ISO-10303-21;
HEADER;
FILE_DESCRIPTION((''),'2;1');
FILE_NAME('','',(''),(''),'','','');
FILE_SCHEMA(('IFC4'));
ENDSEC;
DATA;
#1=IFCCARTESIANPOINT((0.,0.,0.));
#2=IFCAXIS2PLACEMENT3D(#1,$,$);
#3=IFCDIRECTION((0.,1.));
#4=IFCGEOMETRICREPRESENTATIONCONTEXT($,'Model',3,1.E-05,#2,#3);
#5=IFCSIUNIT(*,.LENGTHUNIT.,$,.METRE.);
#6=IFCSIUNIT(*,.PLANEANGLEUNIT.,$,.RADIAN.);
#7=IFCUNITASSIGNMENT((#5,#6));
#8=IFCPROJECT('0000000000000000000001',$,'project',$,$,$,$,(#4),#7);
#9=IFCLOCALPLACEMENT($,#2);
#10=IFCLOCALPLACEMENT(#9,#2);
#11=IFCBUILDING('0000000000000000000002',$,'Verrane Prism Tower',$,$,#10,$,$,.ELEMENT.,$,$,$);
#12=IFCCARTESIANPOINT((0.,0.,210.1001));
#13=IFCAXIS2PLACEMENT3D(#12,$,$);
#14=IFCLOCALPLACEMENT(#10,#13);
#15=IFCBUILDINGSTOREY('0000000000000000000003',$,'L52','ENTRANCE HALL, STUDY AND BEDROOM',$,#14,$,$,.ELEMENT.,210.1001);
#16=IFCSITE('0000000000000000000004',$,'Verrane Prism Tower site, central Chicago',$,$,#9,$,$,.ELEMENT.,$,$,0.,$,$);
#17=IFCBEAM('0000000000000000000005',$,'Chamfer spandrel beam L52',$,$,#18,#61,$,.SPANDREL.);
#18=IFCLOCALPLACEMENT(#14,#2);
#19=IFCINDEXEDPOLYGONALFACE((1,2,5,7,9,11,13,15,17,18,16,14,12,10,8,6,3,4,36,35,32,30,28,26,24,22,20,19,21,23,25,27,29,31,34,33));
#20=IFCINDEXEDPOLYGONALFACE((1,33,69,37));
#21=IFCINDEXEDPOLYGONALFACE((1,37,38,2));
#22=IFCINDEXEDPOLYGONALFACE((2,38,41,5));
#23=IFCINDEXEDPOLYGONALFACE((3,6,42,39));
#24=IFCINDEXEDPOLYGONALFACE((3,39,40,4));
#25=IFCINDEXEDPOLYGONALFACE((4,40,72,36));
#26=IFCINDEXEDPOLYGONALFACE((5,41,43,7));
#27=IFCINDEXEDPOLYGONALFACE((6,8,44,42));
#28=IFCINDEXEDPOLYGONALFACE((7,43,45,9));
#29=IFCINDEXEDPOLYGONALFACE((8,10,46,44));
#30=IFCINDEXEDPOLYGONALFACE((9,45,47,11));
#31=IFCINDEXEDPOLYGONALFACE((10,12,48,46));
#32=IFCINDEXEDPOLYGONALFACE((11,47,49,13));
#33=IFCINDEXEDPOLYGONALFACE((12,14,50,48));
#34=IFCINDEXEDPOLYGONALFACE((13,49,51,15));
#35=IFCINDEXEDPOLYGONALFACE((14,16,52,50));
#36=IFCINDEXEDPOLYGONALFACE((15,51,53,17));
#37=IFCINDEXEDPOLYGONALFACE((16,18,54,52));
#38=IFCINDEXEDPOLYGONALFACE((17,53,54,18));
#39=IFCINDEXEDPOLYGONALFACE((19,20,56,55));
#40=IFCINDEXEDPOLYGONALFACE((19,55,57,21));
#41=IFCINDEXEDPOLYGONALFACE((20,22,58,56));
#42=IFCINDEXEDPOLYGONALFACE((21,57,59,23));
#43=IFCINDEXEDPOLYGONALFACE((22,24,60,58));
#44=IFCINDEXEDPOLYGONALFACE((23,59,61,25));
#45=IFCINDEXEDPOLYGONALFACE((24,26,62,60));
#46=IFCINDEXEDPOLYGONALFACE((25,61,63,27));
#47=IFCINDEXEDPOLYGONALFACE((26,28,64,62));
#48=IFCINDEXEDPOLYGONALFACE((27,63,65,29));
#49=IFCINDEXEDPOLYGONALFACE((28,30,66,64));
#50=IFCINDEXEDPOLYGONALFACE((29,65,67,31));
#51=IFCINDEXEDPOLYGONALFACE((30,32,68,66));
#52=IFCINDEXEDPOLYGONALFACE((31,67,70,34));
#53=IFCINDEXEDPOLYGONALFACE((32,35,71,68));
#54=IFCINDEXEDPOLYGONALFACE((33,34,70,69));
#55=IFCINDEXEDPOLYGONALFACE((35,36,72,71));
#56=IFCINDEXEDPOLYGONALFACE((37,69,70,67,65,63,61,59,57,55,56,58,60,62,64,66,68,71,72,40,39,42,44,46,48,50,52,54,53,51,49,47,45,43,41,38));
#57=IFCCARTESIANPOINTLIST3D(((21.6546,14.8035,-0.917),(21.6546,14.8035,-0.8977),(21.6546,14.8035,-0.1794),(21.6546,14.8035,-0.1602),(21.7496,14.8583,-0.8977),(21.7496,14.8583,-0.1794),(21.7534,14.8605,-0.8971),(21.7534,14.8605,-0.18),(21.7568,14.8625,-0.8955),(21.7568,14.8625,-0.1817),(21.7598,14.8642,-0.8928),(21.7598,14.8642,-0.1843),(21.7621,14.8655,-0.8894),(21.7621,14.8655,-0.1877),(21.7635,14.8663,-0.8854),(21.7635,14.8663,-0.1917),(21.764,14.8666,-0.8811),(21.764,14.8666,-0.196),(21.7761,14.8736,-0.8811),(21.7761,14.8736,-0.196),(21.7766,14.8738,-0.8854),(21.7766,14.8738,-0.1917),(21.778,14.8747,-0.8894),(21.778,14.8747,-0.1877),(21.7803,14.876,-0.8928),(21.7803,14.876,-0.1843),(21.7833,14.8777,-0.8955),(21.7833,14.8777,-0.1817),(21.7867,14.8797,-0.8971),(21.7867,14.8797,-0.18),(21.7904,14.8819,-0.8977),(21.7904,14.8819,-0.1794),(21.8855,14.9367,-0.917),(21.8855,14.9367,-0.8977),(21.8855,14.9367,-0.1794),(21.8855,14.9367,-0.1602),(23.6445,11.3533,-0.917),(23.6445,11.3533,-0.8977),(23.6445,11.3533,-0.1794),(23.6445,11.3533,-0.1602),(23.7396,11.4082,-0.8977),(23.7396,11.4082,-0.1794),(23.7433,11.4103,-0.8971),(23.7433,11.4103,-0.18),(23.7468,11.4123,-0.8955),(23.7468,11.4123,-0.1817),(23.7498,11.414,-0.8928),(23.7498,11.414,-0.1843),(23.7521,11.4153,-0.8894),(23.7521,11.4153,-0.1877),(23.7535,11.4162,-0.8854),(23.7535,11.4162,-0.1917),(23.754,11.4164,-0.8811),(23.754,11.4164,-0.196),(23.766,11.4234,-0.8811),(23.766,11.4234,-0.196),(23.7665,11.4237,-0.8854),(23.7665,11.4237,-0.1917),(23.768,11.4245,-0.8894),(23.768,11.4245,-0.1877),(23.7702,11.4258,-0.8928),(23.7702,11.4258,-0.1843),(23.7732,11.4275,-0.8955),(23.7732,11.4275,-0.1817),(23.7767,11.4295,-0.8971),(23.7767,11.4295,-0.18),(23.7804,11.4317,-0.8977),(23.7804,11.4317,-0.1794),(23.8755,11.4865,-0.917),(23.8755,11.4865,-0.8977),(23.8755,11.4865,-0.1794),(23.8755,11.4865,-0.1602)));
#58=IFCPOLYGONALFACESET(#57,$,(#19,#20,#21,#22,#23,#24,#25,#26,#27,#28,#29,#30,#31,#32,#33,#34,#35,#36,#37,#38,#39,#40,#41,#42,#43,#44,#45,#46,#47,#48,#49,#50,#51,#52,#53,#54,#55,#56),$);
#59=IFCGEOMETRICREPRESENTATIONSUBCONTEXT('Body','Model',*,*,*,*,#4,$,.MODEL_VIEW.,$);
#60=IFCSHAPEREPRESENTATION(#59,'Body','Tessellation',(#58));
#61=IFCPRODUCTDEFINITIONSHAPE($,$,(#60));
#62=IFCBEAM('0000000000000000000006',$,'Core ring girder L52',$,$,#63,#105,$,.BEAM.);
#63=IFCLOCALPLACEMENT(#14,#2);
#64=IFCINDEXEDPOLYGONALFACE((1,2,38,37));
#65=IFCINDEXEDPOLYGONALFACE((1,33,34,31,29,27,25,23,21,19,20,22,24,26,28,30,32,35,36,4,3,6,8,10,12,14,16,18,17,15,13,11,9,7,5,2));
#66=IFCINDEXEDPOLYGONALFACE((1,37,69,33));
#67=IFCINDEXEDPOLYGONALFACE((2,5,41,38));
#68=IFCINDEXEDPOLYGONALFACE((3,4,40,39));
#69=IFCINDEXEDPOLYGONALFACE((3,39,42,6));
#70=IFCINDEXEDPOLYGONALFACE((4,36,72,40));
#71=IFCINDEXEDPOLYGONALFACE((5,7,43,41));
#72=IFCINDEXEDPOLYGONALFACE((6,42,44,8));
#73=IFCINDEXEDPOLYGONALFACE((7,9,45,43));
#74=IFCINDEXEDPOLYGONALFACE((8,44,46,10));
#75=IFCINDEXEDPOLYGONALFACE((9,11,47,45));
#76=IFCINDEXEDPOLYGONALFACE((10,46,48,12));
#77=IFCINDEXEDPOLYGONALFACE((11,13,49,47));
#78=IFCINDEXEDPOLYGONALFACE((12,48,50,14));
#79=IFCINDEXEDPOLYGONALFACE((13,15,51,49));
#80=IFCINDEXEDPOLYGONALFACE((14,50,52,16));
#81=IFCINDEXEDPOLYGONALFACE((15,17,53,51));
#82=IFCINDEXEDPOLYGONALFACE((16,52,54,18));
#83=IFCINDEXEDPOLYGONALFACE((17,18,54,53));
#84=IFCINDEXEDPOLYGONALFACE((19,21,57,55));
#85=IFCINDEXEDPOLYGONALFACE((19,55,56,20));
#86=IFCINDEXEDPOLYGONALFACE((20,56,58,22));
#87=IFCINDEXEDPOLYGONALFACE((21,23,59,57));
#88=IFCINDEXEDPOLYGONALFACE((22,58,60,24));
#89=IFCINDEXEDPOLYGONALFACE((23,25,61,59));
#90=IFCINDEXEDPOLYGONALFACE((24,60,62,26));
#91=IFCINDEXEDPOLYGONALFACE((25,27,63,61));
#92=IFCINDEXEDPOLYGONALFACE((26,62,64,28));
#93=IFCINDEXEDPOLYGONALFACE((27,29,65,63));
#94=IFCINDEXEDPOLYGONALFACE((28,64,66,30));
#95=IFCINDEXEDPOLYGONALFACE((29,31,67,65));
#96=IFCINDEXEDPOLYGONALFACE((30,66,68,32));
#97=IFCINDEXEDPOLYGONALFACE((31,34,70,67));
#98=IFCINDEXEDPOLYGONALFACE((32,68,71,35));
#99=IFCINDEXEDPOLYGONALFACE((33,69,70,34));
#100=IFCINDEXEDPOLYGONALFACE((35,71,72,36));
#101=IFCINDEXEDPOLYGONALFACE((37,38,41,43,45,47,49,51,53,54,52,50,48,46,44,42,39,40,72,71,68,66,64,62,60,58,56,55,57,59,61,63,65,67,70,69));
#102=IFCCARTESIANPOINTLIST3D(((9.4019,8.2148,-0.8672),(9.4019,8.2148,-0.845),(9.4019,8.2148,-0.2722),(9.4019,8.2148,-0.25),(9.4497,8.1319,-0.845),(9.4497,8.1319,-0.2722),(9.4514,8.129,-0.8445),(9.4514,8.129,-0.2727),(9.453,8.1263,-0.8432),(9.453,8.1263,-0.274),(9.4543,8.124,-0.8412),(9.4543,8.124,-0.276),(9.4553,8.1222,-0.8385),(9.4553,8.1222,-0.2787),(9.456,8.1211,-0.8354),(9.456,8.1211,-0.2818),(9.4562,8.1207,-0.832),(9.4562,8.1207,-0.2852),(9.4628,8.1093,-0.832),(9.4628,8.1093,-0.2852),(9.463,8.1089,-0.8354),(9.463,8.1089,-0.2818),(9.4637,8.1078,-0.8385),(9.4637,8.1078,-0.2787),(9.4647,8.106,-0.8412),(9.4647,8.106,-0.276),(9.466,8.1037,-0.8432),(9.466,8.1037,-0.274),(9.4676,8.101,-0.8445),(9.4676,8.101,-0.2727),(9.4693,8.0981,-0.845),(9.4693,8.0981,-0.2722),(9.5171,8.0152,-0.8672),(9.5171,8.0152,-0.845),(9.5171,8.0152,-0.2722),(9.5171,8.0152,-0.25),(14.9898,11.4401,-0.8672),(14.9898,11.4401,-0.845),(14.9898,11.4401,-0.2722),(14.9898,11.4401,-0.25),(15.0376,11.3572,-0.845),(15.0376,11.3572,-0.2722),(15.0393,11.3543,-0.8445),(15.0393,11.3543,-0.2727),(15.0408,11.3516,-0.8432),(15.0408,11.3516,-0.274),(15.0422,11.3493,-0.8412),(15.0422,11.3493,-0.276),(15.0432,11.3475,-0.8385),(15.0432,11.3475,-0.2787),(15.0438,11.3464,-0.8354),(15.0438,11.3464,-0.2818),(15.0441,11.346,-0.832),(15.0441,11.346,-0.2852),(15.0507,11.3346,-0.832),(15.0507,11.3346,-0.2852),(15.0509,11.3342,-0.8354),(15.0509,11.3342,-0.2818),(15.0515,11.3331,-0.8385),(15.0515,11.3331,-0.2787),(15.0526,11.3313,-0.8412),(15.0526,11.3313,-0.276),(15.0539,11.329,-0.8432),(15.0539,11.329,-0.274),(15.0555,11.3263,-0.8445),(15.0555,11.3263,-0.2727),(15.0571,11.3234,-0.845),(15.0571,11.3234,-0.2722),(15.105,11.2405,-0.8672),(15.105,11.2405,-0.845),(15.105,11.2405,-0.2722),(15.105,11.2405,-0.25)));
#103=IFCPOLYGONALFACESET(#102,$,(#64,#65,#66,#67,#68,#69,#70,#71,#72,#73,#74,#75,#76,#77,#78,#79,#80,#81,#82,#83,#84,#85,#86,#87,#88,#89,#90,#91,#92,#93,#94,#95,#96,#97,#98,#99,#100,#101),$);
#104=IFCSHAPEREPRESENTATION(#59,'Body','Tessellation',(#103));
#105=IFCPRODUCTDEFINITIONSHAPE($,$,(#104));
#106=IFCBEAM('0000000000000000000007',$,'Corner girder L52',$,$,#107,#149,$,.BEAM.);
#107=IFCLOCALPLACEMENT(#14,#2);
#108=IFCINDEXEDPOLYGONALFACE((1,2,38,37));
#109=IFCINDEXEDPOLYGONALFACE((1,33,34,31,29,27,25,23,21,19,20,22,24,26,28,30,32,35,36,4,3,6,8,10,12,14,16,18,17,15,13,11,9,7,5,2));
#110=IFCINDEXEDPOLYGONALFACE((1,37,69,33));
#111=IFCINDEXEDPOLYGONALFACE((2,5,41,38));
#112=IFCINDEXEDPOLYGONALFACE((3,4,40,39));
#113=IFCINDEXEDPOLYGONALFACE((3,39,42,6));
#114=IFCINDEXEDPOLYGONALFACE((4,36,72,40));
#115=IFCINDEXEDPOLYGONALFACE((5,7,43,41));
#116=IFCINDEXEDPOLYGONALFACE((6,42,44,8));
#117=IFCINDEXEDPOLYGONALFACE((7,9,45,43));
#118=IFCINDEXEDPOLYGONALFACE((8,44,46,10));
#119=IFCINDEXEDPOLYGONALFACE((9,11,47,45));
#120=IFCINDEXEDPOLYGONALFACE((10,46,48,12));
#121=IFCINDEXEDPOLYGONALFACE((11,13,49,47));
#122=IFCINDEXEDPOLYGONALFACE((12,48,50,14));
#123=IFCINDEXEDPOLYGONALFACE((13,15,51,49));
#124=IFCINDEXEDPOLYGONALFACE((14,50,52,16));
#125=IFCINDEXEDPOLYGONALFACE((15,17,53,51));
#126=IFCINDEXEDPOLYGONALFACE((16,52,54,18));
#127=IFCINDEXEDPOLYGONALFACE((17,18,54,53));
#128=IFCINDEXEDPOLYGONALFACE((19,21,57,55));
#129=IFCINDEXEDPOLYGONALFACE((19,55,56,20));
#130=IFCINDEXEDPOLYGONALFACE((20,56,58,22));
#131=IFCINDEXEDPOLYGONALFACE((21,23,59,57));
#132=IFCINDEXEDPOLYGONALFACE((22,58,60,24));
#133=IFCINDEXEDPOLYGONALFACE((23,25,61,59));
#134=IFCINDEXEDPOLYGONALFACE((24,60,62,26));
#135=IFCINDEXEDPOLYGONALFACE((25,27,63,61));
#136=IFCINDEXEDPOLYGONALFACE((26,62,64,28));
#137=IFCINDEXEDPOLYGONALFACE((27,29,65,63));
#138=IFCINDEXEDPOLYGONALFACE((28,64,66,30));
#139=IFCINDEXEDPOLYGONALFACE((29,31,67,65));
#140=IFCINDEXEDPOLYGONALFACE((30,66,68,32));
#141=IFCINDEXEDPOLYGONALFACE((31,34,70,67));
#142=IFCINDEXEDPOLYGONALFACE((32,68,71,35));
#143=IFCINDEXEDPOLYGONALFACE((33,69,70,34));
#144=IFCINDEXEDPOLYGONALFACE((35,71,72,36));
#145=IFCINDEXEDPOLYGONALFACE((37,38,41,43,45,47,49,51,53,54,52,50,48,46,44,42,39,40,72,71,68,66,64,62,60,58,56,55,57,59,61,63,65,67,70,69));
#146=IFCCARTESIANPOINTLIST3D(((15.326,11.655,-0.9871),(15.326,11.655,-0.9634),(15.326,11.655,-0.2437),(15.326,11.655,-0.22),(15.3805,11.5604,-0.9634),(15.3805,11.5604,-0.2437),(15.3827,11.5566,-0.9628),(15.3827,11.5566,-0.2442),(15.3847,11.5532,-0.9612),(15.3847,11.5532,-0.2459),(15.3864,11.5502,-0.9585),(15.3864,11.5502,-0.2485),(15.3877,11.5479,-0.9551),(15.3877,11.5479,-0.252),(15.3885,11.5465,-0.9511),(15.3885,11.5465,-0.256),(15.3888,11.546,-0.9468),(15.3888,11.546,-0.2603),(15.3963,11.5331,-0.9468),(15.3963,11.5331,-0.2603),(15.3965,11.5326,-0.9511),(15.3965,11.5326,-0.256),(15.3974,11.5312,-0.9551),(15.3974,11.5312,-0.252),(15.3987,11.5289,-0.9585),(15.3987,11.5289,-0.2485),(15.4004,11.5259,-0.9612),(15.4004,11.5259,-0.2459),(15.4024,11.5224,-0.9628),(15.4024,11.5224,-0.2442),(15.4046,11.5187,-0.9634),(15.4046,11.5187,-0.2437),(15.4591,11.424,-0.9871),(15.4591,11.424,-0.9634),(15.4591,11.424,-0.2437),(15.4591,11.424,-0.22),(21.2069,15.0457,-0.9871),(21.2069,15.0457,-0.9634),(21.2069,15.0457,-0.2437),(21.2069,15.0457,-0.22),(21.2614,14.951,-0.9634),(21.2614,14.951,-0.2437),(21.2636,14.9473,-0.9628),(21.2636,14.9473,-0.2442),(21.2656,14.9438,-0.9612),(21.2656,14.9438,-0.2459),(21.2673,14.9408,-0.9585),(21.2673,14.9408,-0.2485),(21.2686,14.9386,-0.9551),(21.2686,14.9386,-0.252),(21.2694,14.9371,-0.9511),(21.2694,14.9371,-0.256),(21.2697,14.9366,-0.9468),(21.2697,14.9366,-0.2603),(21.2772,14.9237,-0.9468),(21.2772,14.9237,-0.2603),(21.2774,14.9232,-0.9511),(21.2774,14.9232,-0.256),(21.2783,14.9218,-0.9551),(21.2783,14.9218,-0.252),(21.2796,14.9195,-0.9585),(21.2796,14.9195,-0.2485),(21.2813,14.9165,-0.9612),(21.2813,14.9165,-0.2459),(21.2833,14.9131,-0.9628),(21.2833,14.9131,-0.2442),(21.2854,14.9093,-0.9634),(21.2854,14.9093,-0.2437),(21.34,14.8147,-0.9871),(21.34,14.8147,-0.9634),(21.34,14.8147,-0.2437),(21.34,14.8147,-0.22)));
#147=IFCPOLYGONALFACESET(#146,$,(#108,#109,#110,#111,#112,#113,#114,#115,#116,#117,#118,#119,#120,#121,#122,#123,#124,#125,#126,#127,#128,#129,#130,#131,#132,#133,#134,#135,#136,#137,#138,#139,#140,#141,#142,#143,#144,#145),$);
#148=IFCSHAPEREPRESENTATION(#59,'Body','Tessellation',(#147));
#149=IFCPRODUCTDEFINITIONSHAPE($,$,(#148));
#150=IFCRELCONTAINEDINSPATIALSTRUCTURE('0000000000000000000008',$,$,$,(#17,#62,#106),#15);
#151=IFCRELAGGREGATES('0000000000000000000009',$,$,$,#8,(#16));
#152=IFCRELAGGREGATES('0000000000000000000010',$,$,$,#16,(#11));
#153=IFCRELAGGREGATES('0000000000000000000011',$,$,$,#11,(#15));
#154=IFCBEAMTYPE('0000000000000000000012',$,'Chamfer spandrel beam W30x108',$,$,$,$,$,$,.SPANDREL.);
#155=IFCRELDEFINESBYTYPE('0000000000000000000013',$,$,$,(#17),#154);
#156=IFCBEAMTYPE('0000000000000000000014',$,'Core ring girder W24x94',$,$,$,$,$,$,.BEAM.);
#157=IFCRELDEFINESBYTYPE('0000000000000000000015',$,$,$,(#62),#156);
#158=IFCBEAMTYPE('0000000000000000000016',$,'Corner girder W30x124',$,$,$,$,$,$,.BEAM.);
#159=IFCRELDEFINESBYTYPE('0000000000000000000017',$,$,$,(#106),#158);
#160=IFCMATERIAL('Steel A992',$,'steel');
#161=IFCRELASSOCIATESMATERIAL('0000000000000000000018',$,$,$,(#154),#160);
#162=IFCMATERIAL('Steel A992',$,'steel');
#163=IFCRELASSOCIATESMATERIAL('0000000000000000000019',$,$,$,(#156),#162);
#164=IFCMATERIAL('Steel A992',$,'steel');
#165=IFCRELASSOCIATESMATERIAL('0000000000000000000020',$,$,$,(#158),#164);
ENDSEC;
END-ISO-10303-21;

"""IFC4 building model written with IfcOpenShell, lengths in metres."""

from ifc_helpers import new_model, si_unit, direction, frame, origin, origin_2d, place, context, subcontext, project, spatial, i_section, extrude, material, material_profile, profile_set, type_object, element, save


model = new_model("IFC4")

# Units and contexts
model_context = context("Model", 3, precision=1e-05, world=origin(), true_north=direction((0.0, 1.0)))
body_context = subcontext(model_context, "Body", "Model", "MODEL_VIEW")
ifc_project = project(units=[si_unit("LENGTHUNIT", "METRE"), si_unit("PLANEANGLEUNIT", "RADIAN")], contexts=[model_context])

# Site, building, storey
site_placement = place(None, origin())
site = spatial("IfcSite", under=ifc_project, at=site_placement, Name="Verrane Prism Tower site, central Chicago", CompositionType="ELEMENT", RefElevation=0.0)
building_placement = place(site_placement, origin())
building = spatial("IfcBuilding", under=site, at=building_placement, Name="Verrane Prism Tower", CompositionType="ELEMENT")
storey_placement = place(building_placement, frame((0.0, 0.0, 210.1001)))
storey = spatial("IfcBuildingStorey", under=building, at=storey_placement, Name="L52", Description="ENTRANCE HALL, STUDY AND BEDROOM", CompositionType="ELEMENT", Elevation=210.1001)

# Beams
ifc_material_1 = material(Name="Steel A992", Category="steel")
ifc_material_profile_1 = material_profile(ifc_material_1, i_section(OverallWidth=0.2666, OverallDepth=0.7568, WebThickness=0.0139, FlangeThickness=0.0193, FilletRadius=0.0166, at=origin_2d()), Name="W30x108")
ifc_profile_set_1 = profile_set([ifc_material_profile_1], Name="Steel A992")
beam_type_1 = type_object("IfcBeamType", Name="Chamfer spandrel beam W30x108", PredefinedType="SPANDREL", material=ifc_profile_set_1)
beam_1_placement = place(storey_placement, frame((23.76, 11.4199, -0.5386), z_axis=(-0.499627, 0.866241, 0.0), x_axis=(-0.866241, -0.499627, 0.0)))
element("IfcBeam", 1, at=beam_1_placement, inside=storey, type_object=beam_type_1, Name="Chamfer spandrel beam L52", PredefinedType="SPANDREL", context=body_context, shape_type="SweptSolid", body=[
    extrude(i_section(OverallWidth=0.2666, OverallDepth=0.7568, WebThickness=0.0139, FlangeThickness=0.0193, FilletRadius=0.0166, at=origin_2d()), origin(), (0.0, 0.0, 1.0), 3.9829),
])
ifc_material_2 = material(Name="Steel A992", Category="steel")
ifc_material_profile_2 = material_profile(ifc_material_2, i_section(OverallWidth=0.2305, OverallDepth=0.6172, WebThickness=0.0132, FlangeThickness=0.0222, FilletRadius=0.0129, at=origin_2d()), Name="W24x94")
ifc_profile_set_2 = profile_set([ifc_material_profile_2], Name="Steel A992")
beam_type_2 = type_object("IfcBeamType", Name="Core ring girder W24x94", PredefinedType="BEAM", material=ifc_profile_set_2)
beam_2_placement = place(storey_placement, frame((15.0474, 11.3403, -0.5586), z_axis=(-0.866081, -0.499904, 0.0), x_axis=(0.499904, -0.866081, 0.0)))
element("IfcBeam", 2, at=beam_2_placement, inside=storey, type_object=beam_type_2, Name="Core ring girder L52", PredefinedType="BEAM", context=body_context, shape_type="SweptSolid", body=[
    extrude(i_section(OverallWidth=0.2305, OverallDepth=0.6172, WebThickness=0.0132, FlangeThickness=0.0222, FilletRadius=0.0129, at=origin_2d()), origin(), (0.0, 0.0, 1.0), 6.4519),
])
ifc_material_3 = material(Name="Steel A992", Category="steel")
ifc_material_profile_3 = material_profile(ifc_material_3, i_section(OverallWidth=0.2666, OverallDepth=0.7671, WebThickness=0.0149, FlangeThickness=0.0237, FilletRadius=0.0166, at=origin_2d()), Name="W30x124")
ifc_profile_set_3 = profile_set([ifc_material_profile_3], Name="Steel A992")
beam_type_3 = type_object("IfcBeamType", Name="Corner girder W30x124", PredefinedType="BEAM", material=ifc_profile_set_3)
beam_3_placement = place(storey_placement, frame((21.2734, 14.9302, -0.6035), z_axis=(-0.866324, -0.499482, 0.0), x_axis=(0.499482, -0.866324, 0.0)))
element("IfcBeam", 3, at=beam_3_placement, inside=storey, type_object=beam_type_3, Name="Corner girder L52", PredefinedType="BEAM", context=body_context, shape_type="SweptSolid", body=[
    extrude(i_section(OverallWidth=0.2666, OverallDepth=0.7671, WebThickness=0.0149, FlangeThickness=0.0237, FilletRadius=0.0166, at=origin_2d()), origin(), (0.0, 0.0, 1.0), 6.7883),
])

save(model, "model.ifc")
